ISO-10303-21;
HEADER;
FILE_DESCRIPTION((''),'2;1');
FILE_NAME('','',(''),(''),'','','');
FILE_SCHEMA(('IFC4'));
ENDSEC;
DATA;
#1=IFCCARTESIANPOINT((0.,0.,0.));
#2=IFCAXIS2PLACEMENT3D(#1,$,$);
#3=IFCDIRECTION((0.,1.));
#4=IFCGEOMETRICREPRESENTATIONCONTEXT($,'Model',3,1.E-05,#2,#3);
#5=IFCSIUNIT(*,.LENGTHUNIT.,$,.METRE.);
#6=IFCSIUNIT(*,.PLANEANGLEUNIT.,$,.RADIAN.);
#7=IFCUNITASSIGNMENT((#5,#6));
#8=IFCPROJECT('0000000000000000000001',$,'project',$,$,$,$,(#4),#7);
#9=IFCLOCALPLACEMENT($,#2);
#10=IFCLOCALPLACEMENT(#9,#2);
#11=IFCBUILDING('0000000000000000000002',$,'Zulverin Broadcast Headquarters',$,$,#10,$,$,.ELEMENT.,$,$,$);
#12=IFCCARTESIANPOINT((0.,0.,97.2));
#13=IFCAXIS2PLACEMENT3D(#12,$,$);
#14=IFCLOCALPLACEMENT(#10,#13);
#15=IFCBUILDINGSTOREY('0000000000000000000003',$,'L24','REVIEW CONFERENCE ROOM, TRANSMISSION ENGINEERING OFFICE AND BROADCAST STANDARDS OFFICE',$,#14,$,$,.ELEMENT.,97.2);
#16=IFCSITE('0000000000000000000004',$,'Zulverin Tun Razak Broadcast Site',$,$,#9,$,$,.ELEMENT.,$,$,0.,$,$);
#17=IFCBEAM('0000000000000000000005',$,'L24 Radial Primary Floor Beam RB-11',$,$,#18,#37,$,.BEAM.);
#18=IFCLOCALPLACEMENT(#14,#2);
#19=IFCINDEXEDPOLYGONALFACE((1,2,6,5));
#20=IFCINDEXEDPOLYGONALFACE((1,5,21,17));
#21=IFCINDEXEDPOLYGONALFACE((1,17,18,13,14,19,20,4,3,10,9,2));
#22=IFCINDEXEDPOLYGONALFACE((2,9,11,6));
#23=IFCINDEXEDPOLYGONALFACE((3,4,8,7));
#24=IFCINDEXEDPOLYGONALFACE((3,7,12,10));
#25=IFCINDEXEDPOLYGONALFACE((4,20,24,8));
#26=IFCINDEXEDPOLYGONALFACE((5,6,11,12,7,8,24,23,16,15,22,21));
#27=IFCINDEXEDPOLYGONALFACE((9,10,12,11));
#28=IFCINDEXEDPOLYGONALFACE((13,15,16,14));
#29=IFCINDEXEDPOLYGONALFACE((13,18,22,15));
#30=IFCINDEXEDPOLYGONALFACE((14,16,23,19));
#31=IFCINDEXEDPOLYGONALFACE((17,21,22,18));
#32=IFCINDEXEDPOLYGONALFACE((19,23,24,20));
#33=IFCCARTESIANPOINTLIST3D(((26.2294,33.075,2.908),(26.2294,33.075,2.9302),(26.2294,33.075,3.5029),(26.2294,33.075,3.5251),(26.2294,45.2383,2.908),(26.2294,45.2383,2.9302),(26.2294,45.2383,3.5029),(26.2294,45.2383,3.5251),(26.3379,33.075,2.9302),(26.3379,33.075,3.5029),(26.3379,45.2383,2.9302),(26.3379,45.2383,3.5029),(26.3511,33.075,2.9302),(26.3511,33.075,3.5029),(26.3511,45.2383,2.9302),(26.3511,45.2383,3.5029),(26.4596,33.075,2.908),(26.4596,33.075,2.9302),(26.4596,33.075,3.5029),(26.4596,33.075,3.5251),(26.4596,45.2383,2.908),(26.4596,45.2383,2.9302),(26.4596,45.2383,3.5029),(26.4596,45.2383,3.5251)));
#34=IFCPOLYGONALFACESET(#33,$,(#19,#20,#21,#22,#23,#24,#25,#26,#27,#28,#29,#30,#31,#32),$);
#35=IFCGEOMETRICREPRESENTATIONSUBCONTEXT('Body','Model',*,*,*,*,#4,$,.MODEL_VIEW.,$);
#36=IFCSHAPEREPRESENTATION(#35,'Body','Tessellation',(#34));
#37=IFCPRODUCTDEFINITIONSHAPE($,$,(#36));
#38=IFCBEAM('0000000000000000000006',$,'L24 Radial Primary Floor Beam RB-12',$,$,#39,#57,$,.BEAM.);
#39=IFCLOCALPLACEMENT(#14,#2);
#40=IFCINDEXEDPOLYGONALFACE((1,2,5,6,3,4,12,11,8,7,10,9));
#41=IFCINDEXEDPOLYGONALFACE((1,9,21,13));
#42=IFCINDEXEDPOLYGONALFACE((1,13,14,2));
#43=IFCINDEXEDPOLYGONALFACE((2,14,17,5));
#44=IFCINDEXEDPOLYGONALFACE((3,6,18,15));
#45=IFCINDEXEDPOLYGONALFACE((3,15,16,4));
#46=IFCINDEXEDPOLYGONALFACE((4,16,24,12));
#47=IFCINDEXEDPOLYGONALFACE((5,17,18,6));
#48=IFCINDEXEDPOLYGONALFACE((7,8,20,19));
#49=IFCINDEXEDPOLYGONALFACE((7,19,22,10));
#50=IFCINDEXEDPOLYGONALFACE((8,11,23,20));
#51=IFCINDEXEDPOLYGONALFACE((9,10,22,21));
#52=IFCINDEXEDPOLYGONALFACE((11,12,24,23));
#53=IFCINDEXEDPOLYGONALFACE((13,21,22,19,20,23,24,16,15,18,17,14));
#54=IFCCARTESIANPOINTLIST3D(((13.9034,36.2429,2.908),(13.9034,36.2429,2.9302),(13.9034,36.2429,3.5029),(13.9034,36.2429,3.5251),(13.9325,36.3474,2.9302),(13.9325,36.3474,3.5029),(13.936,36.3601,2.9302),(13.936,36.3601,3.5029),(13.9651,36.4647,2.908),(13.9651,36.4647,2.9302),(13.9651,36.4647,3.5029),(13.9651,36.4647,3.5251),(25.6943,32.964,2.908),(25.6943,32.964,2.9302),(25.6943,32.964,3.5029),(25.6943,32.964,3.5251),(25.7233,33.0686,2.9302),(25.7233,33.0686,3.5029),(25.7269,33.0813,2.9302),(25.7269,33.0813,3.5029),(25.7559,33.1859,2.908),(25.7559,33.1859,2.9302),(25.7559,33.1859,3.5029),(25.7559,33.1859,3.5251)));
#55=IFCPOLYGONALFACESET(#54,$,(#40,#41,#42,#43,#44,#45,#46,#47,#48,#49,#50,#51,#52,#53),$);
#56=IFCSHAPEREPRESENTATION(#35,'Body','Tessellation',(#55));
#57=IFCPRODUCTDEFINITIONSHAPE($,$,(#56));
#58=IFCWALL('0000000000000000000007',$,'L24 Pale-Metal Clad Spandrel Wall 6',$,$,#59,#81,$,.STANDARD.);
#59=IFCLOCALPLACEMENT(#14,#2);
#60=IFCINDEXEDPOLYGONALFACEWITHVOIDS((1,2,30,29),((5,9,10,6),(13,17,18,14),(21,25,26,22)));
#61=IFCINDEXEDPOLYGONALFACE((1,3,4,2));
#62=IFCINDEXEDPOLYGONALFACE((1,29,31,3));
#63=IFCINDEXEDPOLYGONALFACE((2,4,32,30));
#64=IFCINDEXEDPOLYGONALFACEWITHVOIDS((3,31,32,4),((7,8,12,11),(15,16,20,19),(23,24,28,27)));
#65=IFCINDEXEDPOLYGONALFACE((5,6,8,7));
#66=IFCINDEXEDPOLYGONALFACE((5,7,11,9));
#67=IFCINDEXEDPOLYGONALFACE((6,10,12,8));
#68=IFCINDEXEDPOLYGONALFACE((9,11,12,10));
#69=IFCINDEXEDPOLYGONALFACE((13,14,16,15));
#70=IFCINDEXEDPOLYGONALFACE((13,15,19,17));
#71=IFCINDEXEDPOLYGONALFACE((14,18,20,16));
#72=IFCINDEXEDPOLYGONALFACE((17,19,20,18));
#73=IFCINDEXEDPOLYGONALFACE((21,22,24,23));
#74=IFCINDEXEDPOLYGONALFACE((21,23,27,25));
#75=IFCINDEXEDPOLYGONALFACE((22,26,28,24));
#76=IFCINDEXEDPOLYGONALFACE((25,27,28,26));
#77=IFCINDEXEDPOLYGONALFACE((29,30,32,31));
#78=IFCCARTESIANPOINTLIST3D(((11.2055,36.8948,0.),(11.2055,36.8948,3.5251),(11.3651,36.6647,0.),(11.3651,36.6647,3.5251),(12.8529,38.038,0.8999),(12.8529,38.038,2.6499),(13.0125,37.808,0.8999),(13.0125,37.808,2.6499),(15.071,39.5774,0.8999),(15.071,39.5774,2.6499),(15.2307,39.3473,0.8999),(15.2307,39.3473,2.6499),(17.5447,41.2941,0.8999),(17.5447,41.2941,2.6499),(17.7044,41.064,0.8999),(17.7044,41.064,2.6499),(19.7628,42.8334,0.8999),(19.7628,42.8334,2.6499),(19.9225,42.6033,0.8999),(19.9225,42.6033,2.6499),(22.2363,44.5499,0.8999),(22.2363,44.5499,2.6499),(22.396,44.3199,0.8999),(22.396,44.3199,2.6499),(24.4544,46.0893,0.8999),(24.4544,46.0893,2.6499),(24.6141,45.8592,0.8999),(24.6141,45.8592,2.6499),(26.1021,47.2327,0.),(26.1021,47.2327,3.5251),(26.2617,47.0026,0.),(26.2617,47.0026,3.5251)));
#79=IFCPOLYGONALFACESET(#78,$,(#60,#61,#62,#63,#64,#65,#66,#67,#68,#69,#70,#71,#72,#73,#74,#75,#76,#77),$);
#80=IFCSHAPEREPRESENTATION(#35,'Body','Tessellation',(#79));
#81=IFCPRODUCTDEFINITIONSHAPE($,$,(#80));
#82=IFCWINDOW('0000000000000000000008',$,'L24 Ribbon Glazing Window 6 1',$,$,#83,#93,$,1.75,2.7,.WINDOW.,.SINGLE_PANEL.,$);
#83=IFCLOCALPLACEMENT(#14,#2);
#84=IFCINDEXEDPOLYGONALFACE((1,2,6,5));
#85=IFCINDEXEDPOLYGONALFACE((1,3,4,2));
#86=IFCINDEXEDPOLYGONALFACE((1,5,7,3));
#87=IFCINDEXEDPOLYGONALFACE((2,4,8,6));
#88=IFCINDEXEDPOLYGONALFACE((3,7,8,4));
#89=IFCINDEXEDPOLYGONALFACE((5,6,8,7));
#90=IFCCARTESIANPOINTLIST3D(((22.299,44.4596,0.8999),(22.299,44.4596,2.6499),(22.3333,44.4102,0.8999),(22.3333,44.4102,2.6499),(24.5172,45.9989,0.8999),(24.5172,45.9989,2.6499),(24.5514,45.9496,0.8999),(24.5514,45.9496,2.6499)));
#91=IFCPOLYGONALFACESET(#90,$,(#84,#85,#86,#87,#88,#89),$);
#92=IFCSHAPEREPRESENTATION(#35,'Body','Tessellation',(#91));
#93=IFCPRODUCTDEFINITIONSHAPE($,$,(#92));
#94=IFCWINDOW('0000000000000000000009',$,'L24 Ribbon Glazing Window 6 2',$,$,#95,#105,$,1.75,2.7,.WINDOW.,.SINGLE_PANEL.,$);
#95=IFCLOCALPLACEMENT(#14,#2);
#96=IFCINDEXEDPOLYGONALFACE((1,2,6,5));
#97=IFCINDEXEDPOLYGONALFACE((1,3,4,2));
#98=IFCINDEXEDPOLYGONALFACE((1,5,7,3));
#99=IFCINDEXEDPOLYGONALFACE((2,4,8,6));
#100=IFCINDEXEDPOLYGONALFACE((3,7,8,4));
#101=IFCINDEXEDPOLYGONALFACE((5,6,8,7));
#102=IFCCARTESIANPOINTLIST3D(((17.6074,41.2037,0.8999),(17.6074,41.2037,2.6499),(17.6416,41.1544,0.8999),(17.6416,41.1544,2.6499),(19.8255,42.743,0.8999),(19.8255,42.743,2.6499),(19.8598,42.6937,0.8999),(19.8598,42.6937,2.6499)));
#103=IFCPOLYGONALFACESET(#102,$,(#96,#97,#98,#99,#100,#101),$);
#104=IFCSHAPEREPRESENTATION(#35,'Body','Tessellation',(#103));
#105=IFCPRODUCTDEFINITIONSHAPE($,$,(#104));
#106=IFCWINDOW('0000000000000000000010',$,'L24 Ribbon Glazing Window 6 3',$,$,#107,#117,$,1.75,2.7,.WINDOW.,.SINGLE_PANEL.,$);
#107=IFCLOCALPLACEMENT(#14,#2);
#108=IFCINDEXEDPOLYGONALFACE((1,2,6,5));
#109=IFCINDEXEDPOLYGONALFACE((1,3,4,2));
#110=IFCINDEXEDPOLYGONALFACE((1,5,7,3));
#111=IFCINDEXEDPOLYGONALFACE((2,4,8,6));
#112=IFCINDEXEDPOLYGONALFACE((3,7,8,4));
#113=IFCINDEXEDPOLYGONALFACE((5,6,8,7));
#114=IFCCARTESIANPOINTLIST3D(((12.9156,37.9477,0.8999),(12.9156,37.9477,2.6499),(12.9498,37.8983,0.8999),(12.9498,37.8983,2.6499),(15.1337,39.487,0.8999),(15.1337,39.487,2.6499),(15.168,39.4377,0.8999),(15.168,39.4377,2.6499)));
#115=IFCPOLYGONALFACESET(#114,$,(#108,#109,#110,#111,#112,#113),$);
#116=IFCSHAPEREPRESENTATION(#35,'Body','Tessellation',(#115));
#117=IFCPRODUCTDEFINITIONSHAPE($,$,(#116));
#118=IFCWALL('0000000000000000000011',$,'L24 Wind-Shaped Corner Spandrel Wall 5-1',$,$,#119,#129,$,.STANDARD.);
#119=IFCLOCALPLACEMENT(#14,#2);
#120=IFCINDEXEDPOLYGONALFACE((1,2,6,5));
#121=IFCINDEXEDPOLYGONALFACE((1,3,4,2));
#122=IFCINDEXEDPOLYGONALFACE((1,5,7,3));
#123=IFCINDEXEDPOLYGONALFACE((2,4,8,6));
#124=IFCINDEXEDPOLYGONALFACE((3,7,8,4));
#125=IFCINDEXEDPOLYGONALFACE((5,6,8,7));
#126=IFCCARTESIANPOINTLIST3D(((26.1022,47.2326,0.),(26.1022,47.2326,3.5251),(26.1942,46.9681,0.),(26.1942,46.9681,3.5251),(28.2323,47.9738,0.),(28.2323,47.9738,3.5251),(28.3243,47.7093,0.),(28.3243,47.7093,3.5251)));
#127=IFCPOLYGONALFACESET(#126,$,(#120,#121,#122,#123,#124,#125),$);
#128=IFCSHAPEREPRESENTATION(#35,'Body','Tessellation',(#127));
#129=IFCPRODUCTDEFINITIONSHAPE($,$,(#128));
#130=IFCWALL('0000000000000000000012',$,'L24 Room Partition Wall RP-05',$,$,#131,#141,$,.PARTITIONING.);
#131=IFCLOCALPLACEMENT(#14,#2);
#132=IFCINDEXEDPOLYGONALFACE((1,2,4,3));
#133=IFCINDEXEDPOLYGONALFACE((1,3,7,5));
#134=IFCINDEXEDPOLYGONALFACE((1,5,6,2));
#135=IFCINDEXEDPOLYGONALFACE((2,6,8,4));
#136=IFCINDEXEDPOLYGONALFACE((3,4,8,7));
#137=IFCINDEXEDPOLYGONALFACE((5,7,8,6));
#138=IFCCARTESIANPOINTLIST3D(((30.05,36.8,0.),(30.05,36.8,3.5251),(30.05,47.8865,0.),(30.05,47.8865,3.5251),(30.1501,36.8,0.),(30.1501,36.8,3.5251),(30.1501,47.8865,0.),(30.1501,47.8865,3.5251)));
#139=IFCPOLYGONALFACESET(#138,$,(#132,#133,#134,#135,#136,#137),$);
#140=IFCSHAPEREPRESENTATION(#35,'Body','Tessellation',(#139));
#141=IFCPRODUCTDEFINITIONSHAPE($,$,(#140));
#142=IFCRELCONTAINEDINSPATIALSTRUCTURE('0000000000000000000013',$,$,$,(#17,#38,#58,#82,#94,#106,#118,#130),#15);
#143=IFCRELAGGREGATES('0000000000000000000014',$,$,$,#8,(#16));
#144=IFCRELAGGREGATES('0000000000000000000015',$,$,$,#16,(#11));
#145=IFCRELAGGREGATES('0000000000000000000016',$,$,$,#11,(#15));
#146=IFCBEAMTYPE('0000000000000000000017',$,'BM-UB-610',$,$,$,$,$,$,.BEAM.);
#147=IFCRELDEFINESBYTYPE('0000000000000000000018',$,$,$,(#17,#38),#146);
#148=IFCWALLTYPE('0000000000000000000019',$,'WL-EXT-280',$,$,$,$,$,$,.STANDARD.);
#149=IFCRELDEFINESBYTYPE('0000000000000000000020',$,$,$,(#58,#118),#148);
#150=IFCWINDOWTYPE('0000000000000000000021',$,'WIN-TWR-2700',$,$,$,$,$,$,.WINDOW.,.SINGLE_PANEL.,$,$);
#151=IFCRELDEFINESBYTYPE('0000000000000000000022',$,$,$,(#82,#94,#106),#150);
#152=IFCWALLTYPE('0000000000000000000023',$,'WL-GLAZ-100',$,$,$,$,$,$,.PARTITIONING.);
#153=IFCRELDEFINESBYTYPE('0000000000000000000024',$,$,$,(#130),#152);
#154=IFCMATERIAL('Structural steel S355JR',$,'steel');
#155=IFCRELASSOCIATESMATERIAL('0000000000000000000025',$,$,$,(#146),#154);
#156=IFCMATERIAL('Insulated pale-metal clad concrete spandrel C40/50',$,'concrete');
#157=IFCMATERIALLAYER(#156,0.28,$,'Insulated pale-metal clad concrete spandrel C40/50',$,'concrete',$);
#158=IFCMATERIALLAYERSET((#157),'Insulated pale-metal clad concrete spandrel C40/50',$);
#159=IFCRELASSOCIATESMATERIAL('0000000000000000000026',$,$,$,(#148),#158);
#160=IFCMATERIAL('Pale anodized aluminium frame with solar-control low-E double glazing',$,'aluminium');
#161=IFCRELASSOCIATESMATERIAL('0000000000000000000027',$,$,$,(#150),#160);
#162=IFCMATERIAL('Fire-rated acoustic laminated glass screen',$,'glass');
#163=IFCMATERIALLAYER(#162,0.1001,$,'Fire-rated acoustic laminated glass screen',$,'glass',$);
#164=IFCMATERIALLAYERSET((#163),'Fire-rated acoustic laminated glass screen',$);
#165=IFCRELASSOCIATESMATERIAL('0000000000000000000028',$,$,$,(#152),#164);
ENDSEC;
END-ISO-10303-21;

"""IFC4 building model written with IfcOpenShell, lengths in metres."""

from ifc_helpers import new_model, si_unit, direction, frame, frame_2d, origin, origin_2d, place, context, subcontext, project, spatial, rectangle, i_section, extrude, material, layer, layer_set, material_profile, profile_set, type_object, element, fill, save


model = new_model("IFC4")

# Units and contexts
model_context = context("Model", 3, precision=1e-05, world=origin(), true_north=direction((0.0, 1.0)))
body_context = subcontext(model_context, "Body", "Model", "MODEL_VIEW")
ifc_project = project(units=[si_unit("LENGTHUNIT", "METRE"), si_unit("PLANEANGLEUNIT", "RADIAN")], contexts=[model_context])

# Site, building, storey
site_placement = place(None, origin())
site = spatial("IfcSite", under=ifc_project, at=site_placement, Name="Zulverin Tun Razak Broadcast Site", CompositionType="ELEMENT", RefElevation=0.0)
building_placement = place(site_placement, origin())
building = spatial("IfcBuilding", under=site, at=building_placement, Name="Zulverin Broadcast Headquarters", CompositionType="ELEMENT")
storey_placement = place(building_placement, frame((0.0, 0.0, 97.2)))
storey = spatial("IfcBuildingStorey", under=building, at=storey_placement, Name="L24", Description="REVIEW CONFERENCE ROOM, TRANSMISSION ENGINEERING OFFICE AND BROADCAST STANDARDS OFFICE", CompositionType="ELEMENT", Elevation=97.2)

# Beams
ifc_material_1 = material(Name="Structural steel S355JR", Category="steel")
ifc_material_profile_1 = material_profile(ifc_material_1, i_section(OverallWidth=0.2302, OverallDepth=0.6172, WebThickness=0.0132, FlangeThickness=0.0222, at=origin_2d()), Name="Structural steel S355JR", Category="steel")
ifc_profile_set_1 = profile_set([ifc_material_profile_1], Name="Structural steel S355JR")
beam_type_1 = type_object("IfcBeamType", Name="BM-UB-610", PredefinedType="BEAM", material=ifc_profile_set_1)
beam_1_placement = place(storey_placement, frame((26.3445, 33.075, 3.2166), z_axis=(0.0, 1.0, 0.0), x_axis=(-1.0, 0.0, 0.0)))
element("IfcBeam", 1, at=beam_1_placement, inside=storey, type_object=beam_type_1, Name="L24 Radial Primary Floor Beam RB-11", PredefinedType="BEAM", context=body_context, shape_type="SweptSolid", body=[
    extrude(i_section(OverallWidth=0.2302, OverallDepth=0.6172, WebThickness=0.0132, FlangeThickness=0.0222, at=origin_2d()), origin(), (0.0, 0.0, 1.0), 12.1633),
])
beam_2_placement = place(storey_placement, frame((25.7251, 33.075, 3.2166), z_axis=(-0.963442, 0.267917, 0.0), x_axis=(-0.267917, -0.963442, 0.0)))
element("IfcBeam", 2, at=beam_2_placement, inside=storey, type_object=beam_type_1, Name="L24 Radial Primary Floor Beam RB-12", PredefinedType="BEAM", context=body_context, shape_type="SweptSolid", body=[
    extrude(i_section(OverallWidth=0.2302, OverallDepth=0.6172, WebThickness=0.0132, FlangeThickness=0.0222, at=origin_2d()), origin(), (0.0, 0.0, 1.0), 12.2383),
])

# Wall, openings, windows
ifc_material_2 = material(Name="Insulated pale-metal clad concrete spandrel C40/50", Category="concrete")
ifc_layer_1 = layer(ifc_material_2, 0.28, Name="Insulated pale-metal clad concrete spandrel C40/50", Category="concrete")
ifc_layer_set_1 = layer_set([ifc_layer_1], Name="Insulated pale-metal clad concrete spandrel C40/50")
wall_type_1 = type_object("IfcWallType", Name="WL-EXT-280", PredefinedType="STANDARD", material=ifc_layer_set_1)
wall_1_placement = place(storey_placement, frame((26.1819, 47.1177, 0.0), z_axis=(0.0, 0.0, 1.0), x_axis=(-0.821548, -0.570139, 0.0)))
wall_1 = element("IfcWall", 3, at=wall_1_placement, inside=storey, type_object=wall_type_1, Name="L24 Pale-Metal Clad Spandrel Wall 6", PredefinedType="STANDARD", context=body_context, shape_type="SweptSolid", body=[
    extrude(rectangle(XDim=18.1323, YDim=0.28, at=frame_2d((9.0662, 0.0))), origin(), (0.0, 0.0, 1.0), 3.5251),
])
opening_1_placement = place(wall_1_placement, frame((2.0054, 0.0, 0.8999)))
opening_1 = element("IfcOpeningElement", 4, at=opening_1_placement, cuts=wall_1, PredefinedType="OPENING", context=body_context, shape_type="SweptSolid", body=[
    extrude(rectangle(XDim=2.7, YDim=1.75, at=frame_2d((1.3501, 0.875))), frame((0.0, 0.1499, 0.0), z_axis=(0.0, -1.0, 0.0), x_axis=(1.0, 0.0, 0.0)), (0.0, 0.0, 1.0), 0.3),
])
opening_2_placement = place(wall_1_placement, frame((7.7161, 0.0, 0.8999)))
opening_2 = element("IfcOpeningElement", 5, at=opening_2_placement, cuts=wall_1, PredefinedType="OPENING", context=body_context, shape_type="SweptSolid", body=[
    extrude(rectangle(XDim=2.7, YDim=1.75, at=frame_2d((1.3501, 0.875))), frame((0.0, 0.1499, 0.0), z_axis=(0.0, -1.0, 0.0), x_axis=(1.0, 0.0, 0.0)), (0.0, 0.0, 1.0), 0.3),
])
opening_3_placement = place(wall_1_placement, frame((13.427, 0.0, 0.8999)))
opening_3 = element("IfcOpeningElement", 6, at=opening_3_placement, cuts=wall_1, PredefinedType="OPENING", context=body_context, shape_type="SweptSolid", body=[
    extrude(rectangle(XDim=2.7, YDim=1.75, at=frame_2d((1.3501, 0.875))), frame((0.0, 0.1499, 0.0), z_axis=(0.0, -1.0, 0.0), x_axis=(1.0, 0.0, 0.0)), (0.0, 0.0, 1.0), 0.3),
])
ifc_material_3 = material(Name="Pale anodized aluminium frame with solar-control low-E double glazing", Category="aluminium")
window_type = type_object("IfcWindowType", Name="WIN-TWR-2700", PartitioningType="SINGLE_PANEL", PredefinedType="WINDOW", material=ifc_material_3)
window_1_placement = place(opening_1_placement, origin())
window_1 = element("IfcWindow", 7, at=window_1_placement, inside=storey, type_object=window_type, Name="L24 Ribbon Glazing Window 6 1", OverallHeight=1.75, OverallWidth=2.7, PartitioningType="SINGLE_PANEL", PredefinedType="WINDOW", context=body_context, shape_type="SweptSolid", body=[
    extrude(rectangle(XDim=2.7, YDim=1.75, at=frame_2d((1.3501, 0.875))), frame((0.0, 0.03, 0.0), z_axis=(0.0, -1.0, 0.0), x_axis=(1.0, 0.0, 0.0)), (0.0, 0.0, 1.0), 0.0601),
])
fill(opening_1, window_1)
window_2_placement = place(opening_2_placement, origin())
window_2 = element("IfcWindow", 8, at=window_2_placement, inside=storey, type_object=window_type, Name="L24 Ribbon Glazing Window 6 2", OverallHeight=1.75, OverallWidth=2.7, PartitioningType="SINGLE_PANEL", PredefinedType="WINDOW", context=body_context, shape_type="SweptSolid", body=[
    extrude(rectangle(XDim=2.7, YDim=1.75, at=frame_2d((1.3501, 0.875))), frame((0.0, 0.03, 0.0), z_axis=(0.0, -1.0, 0.0), x_axis=(1.0, 0.0, 0.0)), (0.0, 0.0, 1.0), 0.0601),
])
fill(opening_2, window_2)
window_3_placement = place(opening_3_placement, origin())
window_3 = element("IfcWindow", 9, at=window_3_placement, inside=storey, type_object=window_type, Name="L24 Ribbon Glazing Window 6 3", OverallHeight=1.75, OverallWidth=2.7, PartitioningType="SINGLE_PANEL", PredefinedType="WINDOW", context=body_context, shape_type="SweptSolid", body=[
    extrude(rectangle(XDim=2.7, YDim=1.75, at=frame_2d((1.3501, 0.875))), frame((0.0, 0.03, 0.0), z_axis=(0.0, -1.0, 0.0), x_axis=(1.0, 0.0, 0.0)), (0.0, 0.0, 1.0), 0.0601),
])
fill(opening_3, window_3)

# Walls
wall_2_placement = place(storey_placement, frame((28.2783, 47.8416, 0.0), z_axis=(0.0, 0.0, 1.0), x_axis=(-0.944456, -0.328638, 0.0)))
element("IfcWall", 10, at=wall_2_placement, inside=storey, type_object=wall_type_1, Name="L24 Wind-Shaped Corner Spandrel Wall 5-1", PredefinedType="STANDARD", context=body_context, shape_type="SweptSolid", body=[
    extrude(rectangle(XDim=2.2554, YDim=0.28, at=frame_2d((1.1277, 0.0))), origin(), (0.0, 0.0, 1.0), 3.5251),
])
ifc_material_4 = material(Name="Fire-rated acoustic laminated glass screen", Category="glass")
ifc_layer_2 = layer(ifc_material_4, 0.1001, Name="Fire-rated acoustic laminated glass screen", Category="glass")
ifc_layer_set_2 = layer_set([ifc_layer_2], Name="Fire-rated acoustic laminated glass screen")
wall_type_2 = type_object("IfcWallType", Name="WL-GLAZ-100", PredefinedType="PARTITIONING", material=ifc_layer_set_2)
wall_3_placement = place(storey_placement, frame((30.1001, 36.8, 0.0), z_axis=(0.0, 0.0, 1.0), x_axis=(0.0, 1.0, 0.0)))
element("IfcWall", 11, at=wall_3_placement, inside=storey, type_object=wall_type_2, Name="L24 Room Partition Wall RP-05", PredefinedType="PARTITIONING", context=body_context, shape_type="SweptSolid", body=[
    extrude(rectangle(XDim=11.0864, YDim=0.1001, at=frame_2d((5.5432, 0.0))), origin(), (0.0, 0.0, 1.0), 3.5251),
])

save(model, "model.ifc")
